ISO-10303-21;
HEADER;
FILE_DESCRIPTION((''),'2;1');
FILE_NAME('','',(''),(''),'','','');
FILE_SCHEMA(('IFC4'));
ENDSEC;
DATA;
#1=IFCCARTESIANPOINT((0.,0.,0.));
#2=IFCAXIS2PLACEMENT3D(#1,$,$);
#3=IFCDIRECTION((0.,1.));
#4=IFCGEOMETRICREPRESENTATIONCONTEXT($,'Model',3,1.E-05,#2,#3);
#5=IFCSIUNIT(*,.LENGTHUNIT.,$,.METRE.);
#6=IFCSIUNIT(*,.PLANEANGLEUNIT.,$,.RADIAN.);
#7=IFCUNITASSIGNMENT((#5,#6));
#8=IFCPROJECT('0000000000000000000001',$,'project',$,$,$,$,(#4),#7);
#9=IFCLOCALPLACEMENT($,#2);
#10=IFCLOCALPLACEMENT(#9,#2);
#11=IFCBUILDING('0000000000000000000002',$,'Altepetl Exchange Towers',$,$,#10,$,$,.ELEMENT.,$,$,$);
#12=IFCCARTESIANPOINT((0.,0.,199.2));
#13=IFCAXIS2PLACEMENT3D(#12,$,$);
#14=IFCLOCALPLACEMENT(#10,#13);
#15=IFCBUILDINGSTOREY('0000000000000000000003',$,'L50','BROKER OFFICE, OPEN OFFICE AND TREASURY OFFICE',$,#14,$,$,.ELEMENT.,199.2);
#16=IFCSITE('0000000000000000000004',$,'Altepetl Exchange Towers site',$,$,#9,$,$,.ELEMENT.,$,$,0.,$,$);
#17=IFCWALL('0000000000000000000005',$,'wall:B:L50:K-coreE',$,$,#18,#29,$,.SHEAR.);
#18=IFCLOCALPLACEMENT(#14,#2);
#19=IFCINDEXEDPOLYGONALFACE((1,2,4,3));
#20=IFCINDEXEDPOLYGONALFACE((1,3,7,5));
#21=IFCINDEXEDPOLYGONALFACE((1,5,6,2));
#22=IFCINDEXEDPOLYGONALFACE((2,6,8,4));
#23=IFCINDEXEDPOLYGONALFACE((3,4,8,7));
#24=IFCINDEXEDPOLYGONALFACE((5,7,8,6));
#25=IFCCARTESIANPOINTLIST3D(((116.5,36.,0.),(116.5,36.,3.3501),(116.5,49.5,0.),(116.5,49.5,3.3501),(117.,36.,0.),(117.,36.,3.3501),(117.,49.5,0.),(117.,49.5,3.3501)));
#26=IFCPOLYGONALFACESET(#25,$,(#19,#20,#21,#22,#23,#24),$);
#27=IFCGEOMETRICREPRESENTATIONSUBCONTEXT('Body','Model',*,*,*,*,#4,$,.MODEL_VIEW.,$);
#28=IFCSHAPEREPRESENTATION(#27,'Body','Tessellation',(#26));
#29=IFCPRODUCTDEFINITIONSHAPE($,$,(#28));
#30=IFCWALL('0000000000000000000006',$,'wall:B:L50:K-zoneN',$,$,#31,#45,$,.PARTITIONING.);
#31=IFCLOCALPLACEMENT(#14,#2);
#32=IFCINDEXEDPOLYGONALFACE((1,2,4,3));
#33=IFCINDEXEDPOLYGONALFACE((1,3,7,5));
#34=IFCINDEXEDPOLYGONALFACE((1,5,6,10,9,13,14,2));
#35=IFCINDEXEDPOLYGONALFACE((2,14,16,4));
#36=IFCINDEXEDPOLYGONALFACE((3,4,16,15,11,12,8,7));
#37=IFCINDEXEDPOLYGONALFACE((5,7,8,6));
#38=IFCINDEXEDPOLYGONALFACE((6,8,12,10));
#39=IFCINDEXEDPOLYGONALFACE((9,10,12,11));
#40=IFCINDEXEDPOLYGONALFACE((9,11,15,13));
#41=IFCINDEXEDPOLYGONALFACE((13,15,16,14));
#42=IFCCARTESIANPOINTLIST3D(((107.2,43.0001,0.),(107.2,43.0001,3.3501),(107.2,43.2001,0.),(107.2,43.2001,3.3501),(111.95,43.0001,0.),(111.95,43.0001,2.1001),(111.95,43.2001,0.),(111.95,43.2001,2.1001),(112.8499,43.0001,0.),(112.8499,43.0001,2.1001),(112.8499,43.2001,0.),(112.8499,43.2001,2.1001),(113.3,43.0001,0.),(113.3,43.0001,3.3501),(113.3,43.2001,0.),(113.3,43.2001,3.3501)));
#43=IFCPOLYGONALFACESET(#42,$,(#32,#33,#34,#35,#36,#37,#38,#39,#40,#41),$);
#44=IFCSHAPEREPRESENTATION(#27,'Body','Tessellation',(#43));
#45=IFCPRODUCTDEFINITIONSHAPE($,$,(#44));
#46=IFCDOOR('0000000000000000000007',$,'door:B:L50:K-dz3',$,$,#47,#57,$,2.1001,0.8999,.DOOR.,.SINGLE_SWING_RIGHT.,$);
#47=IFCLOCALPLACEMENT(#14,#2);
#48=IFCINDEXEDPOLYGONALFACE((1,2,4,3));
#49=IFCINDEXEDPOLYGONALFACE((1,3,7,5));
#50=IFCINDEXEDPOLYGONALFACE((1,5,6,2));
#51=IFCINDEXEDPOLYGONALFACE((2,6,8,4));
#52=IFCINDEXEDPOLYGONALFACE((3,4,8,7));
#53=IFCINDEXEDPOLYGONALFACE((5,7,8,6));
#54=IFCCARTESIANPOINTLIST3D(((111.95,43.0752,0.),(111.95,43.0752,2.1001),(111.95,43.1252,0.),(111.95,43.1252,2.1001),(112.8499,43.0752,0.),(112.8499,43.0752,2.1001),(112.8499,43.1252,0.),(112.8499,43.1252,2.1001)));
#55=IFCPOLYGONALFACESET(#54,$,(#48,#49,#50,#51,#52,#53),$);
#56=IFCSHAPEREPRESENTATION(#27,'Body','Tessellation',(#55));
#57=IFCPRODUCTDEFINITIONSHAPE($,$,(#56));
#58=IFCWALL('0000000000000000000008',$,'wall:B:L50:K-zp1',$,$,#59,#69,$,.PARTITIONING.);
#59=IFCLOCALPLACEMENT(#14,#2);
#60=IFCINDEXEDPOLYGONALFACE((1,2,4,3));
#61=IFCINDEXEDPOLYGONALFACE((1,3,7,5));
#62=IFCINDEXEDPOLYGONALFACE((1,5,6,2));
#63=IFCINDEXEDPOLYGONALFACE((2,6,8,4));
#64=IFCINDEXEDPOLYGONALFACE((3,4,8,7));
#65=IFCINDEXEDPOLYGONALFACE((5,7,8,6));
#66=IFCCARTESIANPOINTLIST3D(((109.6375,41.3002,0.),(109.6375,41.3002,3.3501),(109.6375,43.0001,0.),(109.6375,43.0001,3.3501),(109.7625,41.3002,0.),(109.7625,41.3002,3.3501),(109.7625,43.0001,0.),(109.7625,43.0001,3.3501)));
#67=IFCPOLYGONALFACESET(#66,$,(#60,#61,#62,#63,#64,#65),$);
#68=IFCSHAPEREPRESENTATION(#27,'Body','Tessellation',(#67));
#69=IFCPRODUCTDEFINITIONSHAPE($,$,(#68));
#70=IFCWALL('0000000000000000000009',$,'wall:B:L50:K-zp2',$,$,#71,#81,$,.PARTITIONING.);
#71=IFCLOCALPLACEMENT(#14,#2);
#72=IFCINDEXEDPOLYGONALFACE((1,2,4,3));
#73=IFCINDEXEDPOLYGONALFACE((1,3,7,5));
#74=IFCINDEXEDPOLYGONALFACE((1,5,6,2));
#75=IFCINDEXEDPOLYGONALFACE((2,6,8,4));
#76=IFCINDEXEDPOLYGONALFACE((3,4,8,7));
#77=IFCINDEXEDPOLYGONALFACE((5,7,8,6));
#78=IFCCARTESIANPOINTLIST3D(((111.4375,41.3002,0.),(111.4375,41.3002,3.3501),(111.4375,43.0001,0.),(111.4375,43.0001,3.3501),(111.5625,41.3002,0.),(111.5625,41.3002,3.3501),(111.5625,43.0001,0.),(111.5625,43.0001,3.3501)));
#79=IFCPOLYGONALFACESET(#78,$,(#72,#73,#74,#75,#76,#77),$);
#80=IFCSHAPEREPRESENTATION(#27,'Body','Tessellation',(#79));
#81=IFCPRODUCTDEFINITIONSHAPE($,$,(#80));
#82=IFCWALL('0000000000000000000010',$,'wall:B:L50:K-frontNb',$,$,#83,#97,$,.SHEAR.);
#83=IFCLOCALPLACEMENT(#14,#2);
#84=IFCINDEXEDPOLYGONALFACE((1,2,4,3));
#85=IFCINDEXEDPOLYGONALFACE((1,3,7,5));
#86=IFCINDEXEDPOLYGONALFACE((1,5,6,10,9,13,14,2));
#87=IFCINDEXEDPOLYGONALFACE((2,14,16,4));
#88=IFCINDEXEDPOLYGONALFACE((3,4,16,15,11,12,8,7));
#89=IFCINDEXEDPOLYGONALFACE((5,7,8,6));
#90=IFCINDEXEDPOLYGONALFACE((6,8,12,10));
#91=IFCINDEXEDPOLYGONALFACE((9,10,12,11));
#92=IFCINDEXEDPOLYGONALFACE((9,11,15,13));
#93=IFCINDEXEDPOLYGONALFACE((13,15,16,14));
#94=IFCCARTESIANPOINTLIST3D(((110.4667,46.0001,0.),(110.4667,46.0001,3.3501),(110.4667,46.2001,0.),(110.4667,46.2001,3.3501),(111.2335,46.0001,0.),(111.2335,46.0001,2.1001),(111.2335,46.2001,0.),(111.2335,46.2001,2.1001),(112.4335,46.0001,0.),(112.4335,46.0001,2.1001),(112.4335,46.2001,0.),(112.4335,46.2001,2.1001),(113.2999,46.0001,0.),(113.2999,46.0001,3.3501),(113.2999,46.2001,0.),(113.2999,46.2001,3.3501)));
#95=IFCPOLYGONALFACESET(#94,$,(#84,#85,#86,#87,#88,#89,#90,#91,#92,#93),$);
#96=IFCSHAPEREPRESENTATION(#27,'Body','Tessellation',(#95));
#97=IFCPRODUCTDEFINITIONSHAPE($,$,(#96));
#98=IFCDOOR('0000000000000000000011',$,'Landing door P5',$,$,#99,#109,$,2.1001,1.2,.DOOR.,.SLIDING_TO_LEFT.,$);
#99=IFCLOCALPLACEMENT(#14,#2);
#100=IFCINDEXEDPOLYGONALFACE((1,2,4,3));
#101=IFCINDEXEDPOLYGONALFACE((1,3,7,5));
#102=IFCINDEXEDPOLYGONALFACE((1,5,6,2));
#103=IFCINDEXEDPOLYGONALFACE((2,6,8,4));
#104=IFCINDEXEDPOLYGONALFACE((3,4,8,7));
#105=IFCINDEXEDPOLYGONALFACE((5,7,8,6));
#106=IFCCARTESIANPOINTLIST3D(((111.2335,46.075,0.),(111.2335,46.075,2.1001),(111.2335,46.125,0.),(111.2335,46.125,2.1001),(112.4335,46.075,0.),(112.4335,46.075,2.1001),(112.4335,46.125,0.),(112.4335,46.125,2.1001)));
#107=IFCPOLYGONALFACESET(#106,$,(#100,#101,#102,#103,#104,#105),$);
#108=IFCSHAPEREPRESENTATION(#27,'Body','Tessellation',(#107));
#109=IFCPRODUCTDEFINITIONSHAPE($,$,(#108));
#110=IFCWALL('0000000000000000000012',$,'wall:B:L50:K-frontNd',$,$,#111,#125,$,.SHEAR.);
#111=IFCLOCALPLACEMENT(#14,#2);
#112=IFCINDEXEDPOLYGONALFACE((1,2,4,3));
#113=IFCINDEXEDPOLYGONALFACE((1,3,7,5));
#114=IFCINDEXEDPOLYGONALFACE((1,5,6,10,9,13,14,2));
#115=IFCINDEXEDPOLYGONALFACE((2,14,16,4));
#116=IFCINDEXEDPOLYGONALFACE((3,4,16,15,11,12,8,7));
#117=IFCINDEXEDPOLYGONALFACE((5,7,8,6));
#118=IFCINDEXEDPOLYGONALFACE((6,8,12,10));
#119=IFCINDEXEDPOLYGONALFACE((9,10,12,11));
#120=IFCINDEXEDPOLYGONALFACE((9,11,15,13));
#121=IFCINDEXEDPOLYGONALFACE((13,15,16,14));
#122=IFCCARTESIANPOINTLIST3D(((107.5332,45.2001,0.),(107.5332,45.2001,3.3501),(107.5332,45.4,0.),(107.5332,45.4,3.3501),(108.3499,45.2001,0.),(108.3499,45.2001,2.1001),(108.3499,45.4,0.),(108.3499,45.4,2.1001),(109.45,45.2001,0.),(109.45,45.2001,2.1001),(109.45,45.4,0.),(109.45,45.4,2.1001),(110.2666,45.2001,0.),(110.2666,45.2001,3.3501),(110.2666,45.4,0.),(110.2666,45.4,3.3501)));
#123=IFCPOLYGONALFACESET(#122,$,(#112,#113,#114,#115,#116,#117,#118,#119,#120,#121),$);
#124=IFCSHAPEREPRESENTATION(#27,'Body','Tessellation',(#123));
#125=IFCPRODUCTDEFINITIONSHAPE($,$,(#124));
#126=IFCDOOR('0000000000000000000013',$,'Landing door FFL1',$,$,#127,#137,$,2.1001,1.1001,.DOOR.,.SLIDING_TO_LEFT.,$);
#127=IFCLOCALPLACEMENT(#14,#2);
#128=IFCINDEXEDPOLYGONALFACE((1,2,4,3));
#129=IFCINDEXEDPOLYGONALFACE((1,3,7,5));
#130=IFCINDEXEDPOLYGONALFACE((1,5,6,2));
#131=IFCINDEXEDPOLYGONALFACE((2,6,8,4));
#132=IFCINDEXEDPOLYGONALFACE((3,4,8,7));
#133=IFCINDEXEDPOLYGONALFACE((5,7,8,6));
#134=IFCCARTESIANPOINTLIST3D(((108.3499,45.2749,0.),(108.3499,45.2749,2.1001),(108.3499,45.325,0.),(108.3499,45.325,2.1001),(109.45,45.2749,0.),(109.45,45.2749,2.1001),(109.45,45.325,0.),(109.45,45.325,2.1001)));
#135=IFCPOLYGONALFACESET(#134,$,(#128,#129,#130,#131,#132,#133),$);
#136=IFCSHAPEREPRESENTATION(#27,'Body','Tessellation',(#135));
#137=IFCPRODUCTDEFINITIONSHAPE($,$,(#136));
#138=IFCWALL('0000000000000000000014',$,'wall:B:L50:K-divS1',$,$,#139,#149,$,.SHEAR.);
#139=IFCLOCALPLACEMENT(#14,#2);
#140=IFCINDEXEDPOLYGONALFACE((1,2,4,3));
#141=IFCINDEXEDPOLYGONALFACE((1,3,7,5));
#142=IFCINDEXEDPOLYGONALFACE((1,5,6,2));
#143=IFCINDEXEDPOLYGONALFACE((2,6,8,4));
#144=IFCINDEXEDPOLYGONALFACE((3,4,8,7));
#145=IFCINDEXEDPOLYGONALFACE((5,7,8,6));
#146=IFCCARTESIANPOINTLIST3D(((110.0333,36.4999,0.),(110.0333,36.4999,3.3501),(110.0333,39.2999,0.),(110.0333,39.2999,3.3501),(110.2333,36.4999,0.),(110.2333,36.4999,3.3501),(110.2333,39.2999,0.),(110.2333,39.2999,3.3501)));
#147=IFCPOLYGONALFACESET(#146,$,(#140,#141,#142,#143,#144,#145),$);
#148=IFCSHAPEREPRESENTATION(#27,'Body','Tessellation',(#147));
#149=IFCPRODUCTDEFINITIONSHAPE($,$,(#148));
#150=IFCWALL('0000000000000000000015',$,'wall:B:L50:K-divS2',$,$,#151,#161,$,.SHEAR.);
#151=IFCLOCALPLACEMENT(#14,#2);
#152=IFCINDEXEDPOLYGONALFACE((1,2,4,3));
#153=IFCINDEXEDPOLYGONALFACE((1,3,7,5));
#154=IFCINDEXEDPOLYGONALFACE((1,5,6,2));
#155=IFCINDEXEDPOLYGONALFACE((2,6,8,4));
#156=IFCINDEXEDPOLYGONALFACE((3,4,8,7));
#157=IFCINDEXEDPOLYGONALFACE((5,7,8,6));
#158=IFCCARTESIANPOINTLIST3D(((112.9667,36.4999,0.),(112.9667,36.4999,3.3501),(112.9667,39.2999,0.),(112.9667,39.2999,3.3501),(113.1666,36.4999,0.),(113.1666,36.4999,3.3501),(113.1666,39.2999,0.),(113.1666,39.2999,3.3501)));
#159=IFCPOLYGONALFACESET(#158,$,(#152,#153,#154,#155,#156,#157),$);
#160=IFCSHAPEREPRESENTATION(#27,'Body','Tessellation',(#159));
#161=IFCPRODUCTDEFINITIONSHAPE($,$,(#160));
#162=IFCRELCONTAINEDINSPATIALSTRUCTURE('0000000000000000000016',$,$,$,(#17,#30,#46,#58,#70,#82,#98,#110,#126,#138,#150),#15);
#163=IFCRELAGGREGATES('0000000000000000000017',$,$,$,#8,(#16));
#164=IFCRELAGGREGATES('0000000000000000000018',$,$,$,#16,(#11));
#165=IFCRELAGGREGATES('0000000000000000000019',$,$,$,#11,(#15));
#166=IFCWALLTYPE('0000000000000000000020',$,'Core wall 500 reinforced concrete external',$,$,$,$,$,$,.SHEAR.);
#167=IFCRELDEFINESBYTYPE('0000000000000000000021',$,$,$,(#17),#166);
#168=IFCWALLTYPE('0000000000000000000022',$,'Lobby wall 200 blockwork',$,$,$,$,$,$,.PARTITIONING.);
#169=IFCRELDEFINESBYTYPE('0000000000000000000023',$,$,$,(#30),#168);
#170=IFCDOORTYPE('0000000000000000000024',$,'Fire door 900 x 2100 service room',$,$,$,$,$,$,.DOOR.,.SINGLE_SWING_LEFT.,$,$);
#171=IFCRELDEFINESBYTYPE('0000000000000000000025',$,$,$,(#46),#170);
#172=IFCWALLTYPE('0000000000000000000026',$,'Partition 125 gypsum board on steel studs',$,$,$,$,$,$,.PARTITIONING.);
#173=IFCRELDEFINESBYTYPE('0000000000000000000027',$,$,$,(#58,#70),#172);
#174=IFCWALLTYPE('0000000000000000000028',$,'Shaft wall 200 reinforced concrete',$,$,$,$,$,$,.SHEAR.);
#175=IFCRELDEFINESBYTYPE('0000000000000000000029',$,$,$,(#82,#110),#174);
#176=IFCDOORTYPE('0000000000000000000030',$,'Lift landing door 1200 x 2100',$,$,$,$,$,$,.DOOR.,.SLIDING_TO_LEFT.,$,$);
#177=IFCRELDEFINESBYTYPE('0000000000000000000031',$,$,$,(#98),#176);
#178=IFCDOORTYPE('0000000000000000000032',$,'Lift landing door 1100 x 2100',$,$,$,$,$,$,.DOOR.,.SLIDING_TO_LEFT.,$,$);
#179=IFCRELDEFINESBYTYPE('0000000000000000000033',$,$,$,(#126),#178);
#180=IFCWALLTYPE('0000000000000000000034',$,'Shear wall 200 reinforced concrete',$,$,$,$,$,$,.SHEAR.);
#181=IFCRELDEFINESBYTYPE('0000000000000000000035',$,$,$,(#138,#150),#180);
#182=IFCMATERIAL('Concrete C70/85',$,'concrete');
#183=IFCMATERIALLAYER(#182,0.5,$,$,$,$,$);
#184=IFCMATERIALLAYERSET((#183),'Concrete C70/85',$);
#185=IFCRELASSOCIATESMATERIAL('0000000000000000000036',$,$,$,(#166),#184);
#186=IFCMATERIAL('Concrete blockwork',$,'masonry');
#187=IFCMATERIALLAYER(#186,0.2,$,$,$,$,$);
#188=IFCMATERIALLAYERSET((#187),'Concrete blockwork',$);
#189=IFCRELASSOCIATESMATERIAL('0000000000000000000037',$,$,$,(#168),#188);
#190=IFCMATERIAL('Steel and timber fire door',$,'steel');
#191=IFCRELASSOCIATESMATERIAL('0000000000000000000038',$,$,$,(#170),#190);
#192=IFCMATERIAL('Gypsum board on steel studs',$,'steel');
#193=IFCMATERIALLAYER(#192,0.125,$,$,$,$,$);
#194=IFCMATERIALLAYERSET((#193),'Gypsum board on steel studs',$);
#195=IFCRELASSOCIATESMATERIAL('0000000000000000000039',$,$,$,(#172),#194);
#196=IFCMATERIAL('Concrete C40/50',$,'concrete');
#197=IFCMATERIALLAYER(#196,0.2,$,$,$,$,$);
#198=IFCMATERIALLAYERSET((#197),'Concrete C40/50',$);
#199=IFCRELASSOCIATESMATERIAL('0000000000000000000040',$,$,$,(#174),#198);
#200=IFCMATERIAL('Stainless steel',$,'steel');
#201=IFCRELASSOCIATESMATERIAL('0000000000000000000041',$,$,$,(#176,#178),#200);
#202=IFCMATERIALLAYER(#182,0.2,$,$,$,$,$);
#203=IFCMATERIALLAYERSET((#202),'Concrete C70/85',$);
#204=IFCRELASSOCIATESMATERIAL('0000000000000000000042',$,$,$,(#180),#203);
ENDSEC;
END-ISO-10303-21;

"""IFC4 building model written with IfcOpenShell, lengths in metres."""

from ifc_helpers import new_model, si_unit, direction, frame, frame_2d, origin, place, context, subcontext, project, spatial, rectangle, extrude, material, layer, layer_set, type_object, element, fill, save


model = new_model("IFC4")

# Units and contexts
model_context = context("Model", 3, precision=1e-05, world=origin(), true_north=direction((0.0, 1.0)))
body_context = subcontext(model_context, "Body", "Model", "MODEL_VIEW")
ifc_project = project(units=[si_unit("LENGTHUNIT", "METRE"), si_unit("PLANEANGLEUNIT", "RADIAN")], contexts=[model_context])

# Site, building, storey
site_placement = place(None, origin())
site = spatial("IfcSite", under=ifc_project, at=site_placement, Name="Altepetl Exchange Towers site", CompositionType="ELEMENT", RefElevation=0.0)
building_placement = place(site_placement, origin())
building = spatial("IfcBuilding", under=site, at=building_placement, Name="Altepetl Exchange Towers", CompositionType="ELEMENT")
storey_placement = place(building_placement, frame((0.0, 0.0, 199.2)))
storey = spatial("IfcBuildingStorey", under=building, at=storey_placement, Name="L50", Description="BROKER OFFICE, OPEN OFFICE AND TREASURY OFFICE", CompositionType="ELEMENT", Elevation=199.2)

# Wall
ifc_material_1 = material(Name="Concrete C70/85", Category="concrete")
ifc_layer_1 = layer(ifc_material_1, 0.5)
ifc_layer_set_1 = layer_set([ifc_layer_1], Name="Concrete C70/85")
wall_type_1 = type_object("IfcWallType", Name="Core wall 500 reinforced concrete external", PredefinedType="SHEAR", material=ifc_layer_set_1)
wall_1_placement = place(storey_placement, frame((116.75, 36.0, 0.0), z_axis=(0.0, 0.0, 1.0), x_axis=(0.0, 1.0, 0.0)))
element("IfcWall", 1, at=wall_1_placement, inside=storey, type_object=wall_type_1, Name="wall:B:L50:K-coreE", PredefinedType="SHEAR", context=body_context, shape_type="SweptSolid", body=[
    extrude(rectangle(XDim=13.5, YDim=0.5, at=frame_2d((6.75, 0.0))), origin(), (0.0, 0.0, 1.0), 3.3501),
])

# Wall, opening, door
ifc_material_2 = material(Name="Concrete blockwork", Category="masonry")
ifc_layer_2 = layer(ifc_material_2, 0.2)
ifc_layer_set_2 = layer_set([ifc_layer_2], Name="Concrete blockwork")
wall_type_2 = type_object("IfcWallType", Name="Lobby wall 200 blockwork", PredefinedType="PARTITIONING", material=ifc_layer_set_2)
wall_2_placement = place(storey_placement, frame((107.2, 43.1001, 0.0)))
wall_2 = element("IfcWall", 2, at=wall_2_placement, inside=storey, type_object=wall_type_2, Name="wall:B:L50:K-zoneN", PredefinedType="PARTITIONING", context=body_context, shape_type="SweptSolid", body=[
    extrude(rectangle(XDim=6.1001, YDim=0.2, at=frame_2d((3.05, 0.0))), origin(), (0.0, 0.0, 1.0), 3.3501),
])
opening_1_placement = place(wall_2_placement, frame((4.75, 0.0, 0.0)))
opening_1 = element("IfcOpeningElement", 3, at=opening_1_placement, cuts=wall_2, PredefinedType="OPENING", context=body_context, shape_type="SweptSolid", body=[
    extrude(rectangle(XDim=0.8999, YDim=2.1001, at=frame_2d((0.45, 1.05))), frame((0.0, 0.1099, 0.0), z_axis=(0.0, -1.0, 0.0), x_axis=(1.0, 0.0, 0.0)), (0.0, 0.0, 1.0), 0.22),
])
ifc_material_3 = material(Name="Steel and timber fire door", Category="steel")
door_type_1 = type_object("IfcDoorType", Name="Fire door 900 x 2100 service room", OperationType="SINGLE_SWING_LEFT", PredefinedType="DOOR", material=ifc_material_3)
door_1_placement = place(opening_1_placement, frame((0.8999, 0.0, 0.0), x_axis=(-1.0, 0.0, 0.0)))
door_1 = element("IfcDoor", 4, at=door_1_placement, inside=storey, type_object=door_type_1, Name="door:B:L50:K-dz3", OperationType="SINGLE_SWING_RIGHT", OverallHeight=2.1001, OverallWidth=0.8999, PredefinedType="DOOR", context=body_context, shape_type="SweptSolid", body=[
    extrude(rectangle(XDim=0.8999, YDim=2.1001, at=frame_2d((0.45, 1.05))), frame((0.0, 0.0249, 0.0), z_axis=(0.0, -1.0, 0.0), x_axis=(1.0, 0.0, 0.0)), (0.0, 0.0, 1.0), 0.05),
])
fill(opening_1, door_1)

# Walls
ifc_material_4 = material(Name="Gypsum board on steel studs", Category="steel")
ifc_layer_3 = layer(ifc_material_4, 0.125)
ifc_layer_set_3 = layer_set([ifc_layer_3], Name="Gypsum board on steel studs")
wall_type_3 = type_object("IfcWallType", Name="Partition 125 gypsum board on steel studs", PredefinedType="PARTITIONING", material=ifc_layer_set_3)
for number, where, z_axis, x_axis, name in (
    (5, (109.7, 41.3, 0.0), (0.0, 0.0, 1.0), (0.0, 1.0, 0.0), "wall:B:L50:K-zp1"),
    (6, (111.5, 41.3, 0.0), (0.0, 0.0, 1.0), (0.0, 1.0, 0.0), "wall:B:L50:K-zp2"),
):
    element("IfcWall", number, at=place(storey_placement, frame(where, z_axis=z_axis, x_axis=x_axis)), inside=storey, type_object=wall_type_3, Name=name, PredefinedType="PARTITIONING", context=body_context, shape_type="SweptSolid", body=[
        extrude(rectangle(XDim=1.7, YDim=0.125, at=frame_2d((0.8501, 0.0))), origin(), (0.0, 0.0, 1.0), 3.3501),
    ])

# Walls, openings, doors
ifc_material_5 = material(Name="Concrete C40/50", Category="concrete")
ifc_layer_4 = layer(ifc_material_5, 0.2)
ifc_layer_set_4 = layer_set([ifc_layer_4], Name="Concrete C40/50")
wall_type_4 = type_object("IfcWallType", Name="Shaft wall 200 reinforced concrete", PredefinedType="SHEAR", material=ifc_layer_set_4)
wall_3_placement = place(storey_placement, frame((110.4668, 46.1001, 0.0)))
wall_3 = element("IfcWall", 7, at=wall_3_placement, inside=storey, type_object=wall_type_4, Name="wall:B:L50:K-frontNb", PredefinedType="SHEAR", context=body_context, shape_type="SweptSolid", body=[
    extrude(rectangle(XDim=2.8333, YDim=0.2, at=frame_2d((1.4165, 0.0))), origin(), (0.0, 0.0, 1.0), 3.3501),
])
opening_2_placement = place(wall_3_placement, frame((0.7666, 0.0, 0.0)))
opening_2 = element("IfcOpeningElement", 8, at=opening_2_placement, cuts=wall_3, PredefinedType="OPENING", context=body_context, shape_type="SweptSolid", body=[
    extrude(rectangle(XDim=1.2, YDim=2.1001, at=frame_2d((0.6001, 1.05))), frame((0.0, 0.1099, 0.0), z_axis=(0.0, -1.0, 0.0), x_axis=(1.0, 0.0, 0.0)), (0.0, 0.0, 1.0), 0.22),
])
ifc_material_6 = material(Name="Stainless steel", Category="steel")
door_type_2 = type_object("IfcDoorType", Name="Lift landing door 1200 x 2100", OperationType="SLIDING_TO_LEFT", PredefinedType="DOOR", material=ifc_material_6)
door_2_placement = place(opening_2_placement, origin())
door_2 = element("IfcDoor", 9, at=door_2_placement, inside=storey, type_object=door_type_2, Name="Landing door P5", OperationType="SLIDING_TO_LEFT", OverallHeight=2.1001, OverallWidth=1.2, PredefinedType="DOOR", context=body_context, shape_type="SweptSolid", body=[
    extrude(rectangle(XDim=1.2, YDim=2.1001, at=frame_2d((0.6001, 1.05))), frame((0.0, 0.0249, 0.0), z_axis=(0.0, -1.0, 0.0), x_axis=(1.0, 0.0, 0.0)), (0.0, 0.0, 1.0), 0.05),
])
fill(opening_2, door_2)
wall_4_placement = place(storey_placement, frame((107.5332, 45.3, 0.0)))
wall_4 = element("IfcWall", 10, at=wall_4_placement, inside=storey, type_object=wall_type_4, Name="wall:B:L50:K-frontNd", PredefinedType="SHEAR", context=body_context, shape_type="SweptSolid", body=[
    extrude(rectangle(XDim=2.7334, YDim=0.2, at=frame_2d((1.3667, 0.0))), origin(), (0.0, 0.0, 1.0), 3.3501),
])
opening_3_placement = place(wall_4_placement, frame((0.8167, 0.0, 0.0)))
opening_3 = element("IfcOpeningElement", 11, at=opening_3_placement, cuts=wall_4, PredefinedType="OPENING", context=body_context, shape_type="SweptSolid", body=[
    extrude(rectangle(XDim=1.1001, YDim=2.1001, at=frame_2d((0.55, 1.05))), frame((0.0, 0.1099, 0.0), z_axis=(0.0, -1.0, 0.0), x_axis=(1.0, 0.0, 0.0)), (0.0, 0.0, 1.0), 0.22),
])
door_type_3 = type_object("IfcDoorType", Name="Lift landing door 1100 x 2100", OperationType="SLIDING_TO_LEFT", PredefinedType="DOOR", material=ifc_material_6)
door_3_placement = place(opening_3_placement, origin())
door_3 = element("IfcDoor", 12, at=door_3_placement, inside=storey, type_object=door_type_3, Name="Landing door FFL1", OperationType="SLIDING_TO_LEFT", OverallHeight=2.1001, OverallWidth=1.1001, PredefinedType="DOOR", context=body_context, shape_type="SweptSolid", body=[
    extrude(rectangle(XDim=1.1001, YDim=2.1001, at=frame_2d((0.55, 1.05))), frame((0.0, 0.0249, 0.0), z_axis=(0.0, -1.0, 0.0), x_axis=(1.0, 0.0, 0.0)), (0.0, 0.0, 1.0), 0.05),
])
fill(opening_3, door_3)

# Walls
ifc_layer_5 = layer(ifc_material_1, 0.2)
ifc_layer_set_5 = layer_set([ifc_layer_5], Name="Concrete C70/85")
wall_type_5 = type_object("IfcWallType", Name="Shear wall 200 reinforced concrete", PredefinedType="SHEAR", material=ifc_layer_set_5)
for number, where, z_axis, x_axis, name in (
    (13, (110.1333, 36.5, 0.0), (0.0, 0.0, 1.0), (0.0, 1.0, 0.0), "wall:B:L50:K-divS1"),
    (14, (113.0667, 36.5, 0.0), (0.0, 0.0, 1.0), (0.0, 1.0, 0.0), "wall:B:L50:K-divS2"),
):
    element("IfcWall", number, at=place(storey_placement, frame(where, z_axis=z_axis, x_axis=x_axis)), inside=storey, type_object=wall_type_5, Name=name, PredefinedType="SHEAR", context=body_context, shape_type="SweptSolid", body=[
        extrude(rectangle(XDim=2.8, YDim=0.2, at=frame_2d((1.3999, 0.0))), origin(), (0.0, 0.0, 1.0), 3.3501),
    ])

save(model, "model.ifc")
